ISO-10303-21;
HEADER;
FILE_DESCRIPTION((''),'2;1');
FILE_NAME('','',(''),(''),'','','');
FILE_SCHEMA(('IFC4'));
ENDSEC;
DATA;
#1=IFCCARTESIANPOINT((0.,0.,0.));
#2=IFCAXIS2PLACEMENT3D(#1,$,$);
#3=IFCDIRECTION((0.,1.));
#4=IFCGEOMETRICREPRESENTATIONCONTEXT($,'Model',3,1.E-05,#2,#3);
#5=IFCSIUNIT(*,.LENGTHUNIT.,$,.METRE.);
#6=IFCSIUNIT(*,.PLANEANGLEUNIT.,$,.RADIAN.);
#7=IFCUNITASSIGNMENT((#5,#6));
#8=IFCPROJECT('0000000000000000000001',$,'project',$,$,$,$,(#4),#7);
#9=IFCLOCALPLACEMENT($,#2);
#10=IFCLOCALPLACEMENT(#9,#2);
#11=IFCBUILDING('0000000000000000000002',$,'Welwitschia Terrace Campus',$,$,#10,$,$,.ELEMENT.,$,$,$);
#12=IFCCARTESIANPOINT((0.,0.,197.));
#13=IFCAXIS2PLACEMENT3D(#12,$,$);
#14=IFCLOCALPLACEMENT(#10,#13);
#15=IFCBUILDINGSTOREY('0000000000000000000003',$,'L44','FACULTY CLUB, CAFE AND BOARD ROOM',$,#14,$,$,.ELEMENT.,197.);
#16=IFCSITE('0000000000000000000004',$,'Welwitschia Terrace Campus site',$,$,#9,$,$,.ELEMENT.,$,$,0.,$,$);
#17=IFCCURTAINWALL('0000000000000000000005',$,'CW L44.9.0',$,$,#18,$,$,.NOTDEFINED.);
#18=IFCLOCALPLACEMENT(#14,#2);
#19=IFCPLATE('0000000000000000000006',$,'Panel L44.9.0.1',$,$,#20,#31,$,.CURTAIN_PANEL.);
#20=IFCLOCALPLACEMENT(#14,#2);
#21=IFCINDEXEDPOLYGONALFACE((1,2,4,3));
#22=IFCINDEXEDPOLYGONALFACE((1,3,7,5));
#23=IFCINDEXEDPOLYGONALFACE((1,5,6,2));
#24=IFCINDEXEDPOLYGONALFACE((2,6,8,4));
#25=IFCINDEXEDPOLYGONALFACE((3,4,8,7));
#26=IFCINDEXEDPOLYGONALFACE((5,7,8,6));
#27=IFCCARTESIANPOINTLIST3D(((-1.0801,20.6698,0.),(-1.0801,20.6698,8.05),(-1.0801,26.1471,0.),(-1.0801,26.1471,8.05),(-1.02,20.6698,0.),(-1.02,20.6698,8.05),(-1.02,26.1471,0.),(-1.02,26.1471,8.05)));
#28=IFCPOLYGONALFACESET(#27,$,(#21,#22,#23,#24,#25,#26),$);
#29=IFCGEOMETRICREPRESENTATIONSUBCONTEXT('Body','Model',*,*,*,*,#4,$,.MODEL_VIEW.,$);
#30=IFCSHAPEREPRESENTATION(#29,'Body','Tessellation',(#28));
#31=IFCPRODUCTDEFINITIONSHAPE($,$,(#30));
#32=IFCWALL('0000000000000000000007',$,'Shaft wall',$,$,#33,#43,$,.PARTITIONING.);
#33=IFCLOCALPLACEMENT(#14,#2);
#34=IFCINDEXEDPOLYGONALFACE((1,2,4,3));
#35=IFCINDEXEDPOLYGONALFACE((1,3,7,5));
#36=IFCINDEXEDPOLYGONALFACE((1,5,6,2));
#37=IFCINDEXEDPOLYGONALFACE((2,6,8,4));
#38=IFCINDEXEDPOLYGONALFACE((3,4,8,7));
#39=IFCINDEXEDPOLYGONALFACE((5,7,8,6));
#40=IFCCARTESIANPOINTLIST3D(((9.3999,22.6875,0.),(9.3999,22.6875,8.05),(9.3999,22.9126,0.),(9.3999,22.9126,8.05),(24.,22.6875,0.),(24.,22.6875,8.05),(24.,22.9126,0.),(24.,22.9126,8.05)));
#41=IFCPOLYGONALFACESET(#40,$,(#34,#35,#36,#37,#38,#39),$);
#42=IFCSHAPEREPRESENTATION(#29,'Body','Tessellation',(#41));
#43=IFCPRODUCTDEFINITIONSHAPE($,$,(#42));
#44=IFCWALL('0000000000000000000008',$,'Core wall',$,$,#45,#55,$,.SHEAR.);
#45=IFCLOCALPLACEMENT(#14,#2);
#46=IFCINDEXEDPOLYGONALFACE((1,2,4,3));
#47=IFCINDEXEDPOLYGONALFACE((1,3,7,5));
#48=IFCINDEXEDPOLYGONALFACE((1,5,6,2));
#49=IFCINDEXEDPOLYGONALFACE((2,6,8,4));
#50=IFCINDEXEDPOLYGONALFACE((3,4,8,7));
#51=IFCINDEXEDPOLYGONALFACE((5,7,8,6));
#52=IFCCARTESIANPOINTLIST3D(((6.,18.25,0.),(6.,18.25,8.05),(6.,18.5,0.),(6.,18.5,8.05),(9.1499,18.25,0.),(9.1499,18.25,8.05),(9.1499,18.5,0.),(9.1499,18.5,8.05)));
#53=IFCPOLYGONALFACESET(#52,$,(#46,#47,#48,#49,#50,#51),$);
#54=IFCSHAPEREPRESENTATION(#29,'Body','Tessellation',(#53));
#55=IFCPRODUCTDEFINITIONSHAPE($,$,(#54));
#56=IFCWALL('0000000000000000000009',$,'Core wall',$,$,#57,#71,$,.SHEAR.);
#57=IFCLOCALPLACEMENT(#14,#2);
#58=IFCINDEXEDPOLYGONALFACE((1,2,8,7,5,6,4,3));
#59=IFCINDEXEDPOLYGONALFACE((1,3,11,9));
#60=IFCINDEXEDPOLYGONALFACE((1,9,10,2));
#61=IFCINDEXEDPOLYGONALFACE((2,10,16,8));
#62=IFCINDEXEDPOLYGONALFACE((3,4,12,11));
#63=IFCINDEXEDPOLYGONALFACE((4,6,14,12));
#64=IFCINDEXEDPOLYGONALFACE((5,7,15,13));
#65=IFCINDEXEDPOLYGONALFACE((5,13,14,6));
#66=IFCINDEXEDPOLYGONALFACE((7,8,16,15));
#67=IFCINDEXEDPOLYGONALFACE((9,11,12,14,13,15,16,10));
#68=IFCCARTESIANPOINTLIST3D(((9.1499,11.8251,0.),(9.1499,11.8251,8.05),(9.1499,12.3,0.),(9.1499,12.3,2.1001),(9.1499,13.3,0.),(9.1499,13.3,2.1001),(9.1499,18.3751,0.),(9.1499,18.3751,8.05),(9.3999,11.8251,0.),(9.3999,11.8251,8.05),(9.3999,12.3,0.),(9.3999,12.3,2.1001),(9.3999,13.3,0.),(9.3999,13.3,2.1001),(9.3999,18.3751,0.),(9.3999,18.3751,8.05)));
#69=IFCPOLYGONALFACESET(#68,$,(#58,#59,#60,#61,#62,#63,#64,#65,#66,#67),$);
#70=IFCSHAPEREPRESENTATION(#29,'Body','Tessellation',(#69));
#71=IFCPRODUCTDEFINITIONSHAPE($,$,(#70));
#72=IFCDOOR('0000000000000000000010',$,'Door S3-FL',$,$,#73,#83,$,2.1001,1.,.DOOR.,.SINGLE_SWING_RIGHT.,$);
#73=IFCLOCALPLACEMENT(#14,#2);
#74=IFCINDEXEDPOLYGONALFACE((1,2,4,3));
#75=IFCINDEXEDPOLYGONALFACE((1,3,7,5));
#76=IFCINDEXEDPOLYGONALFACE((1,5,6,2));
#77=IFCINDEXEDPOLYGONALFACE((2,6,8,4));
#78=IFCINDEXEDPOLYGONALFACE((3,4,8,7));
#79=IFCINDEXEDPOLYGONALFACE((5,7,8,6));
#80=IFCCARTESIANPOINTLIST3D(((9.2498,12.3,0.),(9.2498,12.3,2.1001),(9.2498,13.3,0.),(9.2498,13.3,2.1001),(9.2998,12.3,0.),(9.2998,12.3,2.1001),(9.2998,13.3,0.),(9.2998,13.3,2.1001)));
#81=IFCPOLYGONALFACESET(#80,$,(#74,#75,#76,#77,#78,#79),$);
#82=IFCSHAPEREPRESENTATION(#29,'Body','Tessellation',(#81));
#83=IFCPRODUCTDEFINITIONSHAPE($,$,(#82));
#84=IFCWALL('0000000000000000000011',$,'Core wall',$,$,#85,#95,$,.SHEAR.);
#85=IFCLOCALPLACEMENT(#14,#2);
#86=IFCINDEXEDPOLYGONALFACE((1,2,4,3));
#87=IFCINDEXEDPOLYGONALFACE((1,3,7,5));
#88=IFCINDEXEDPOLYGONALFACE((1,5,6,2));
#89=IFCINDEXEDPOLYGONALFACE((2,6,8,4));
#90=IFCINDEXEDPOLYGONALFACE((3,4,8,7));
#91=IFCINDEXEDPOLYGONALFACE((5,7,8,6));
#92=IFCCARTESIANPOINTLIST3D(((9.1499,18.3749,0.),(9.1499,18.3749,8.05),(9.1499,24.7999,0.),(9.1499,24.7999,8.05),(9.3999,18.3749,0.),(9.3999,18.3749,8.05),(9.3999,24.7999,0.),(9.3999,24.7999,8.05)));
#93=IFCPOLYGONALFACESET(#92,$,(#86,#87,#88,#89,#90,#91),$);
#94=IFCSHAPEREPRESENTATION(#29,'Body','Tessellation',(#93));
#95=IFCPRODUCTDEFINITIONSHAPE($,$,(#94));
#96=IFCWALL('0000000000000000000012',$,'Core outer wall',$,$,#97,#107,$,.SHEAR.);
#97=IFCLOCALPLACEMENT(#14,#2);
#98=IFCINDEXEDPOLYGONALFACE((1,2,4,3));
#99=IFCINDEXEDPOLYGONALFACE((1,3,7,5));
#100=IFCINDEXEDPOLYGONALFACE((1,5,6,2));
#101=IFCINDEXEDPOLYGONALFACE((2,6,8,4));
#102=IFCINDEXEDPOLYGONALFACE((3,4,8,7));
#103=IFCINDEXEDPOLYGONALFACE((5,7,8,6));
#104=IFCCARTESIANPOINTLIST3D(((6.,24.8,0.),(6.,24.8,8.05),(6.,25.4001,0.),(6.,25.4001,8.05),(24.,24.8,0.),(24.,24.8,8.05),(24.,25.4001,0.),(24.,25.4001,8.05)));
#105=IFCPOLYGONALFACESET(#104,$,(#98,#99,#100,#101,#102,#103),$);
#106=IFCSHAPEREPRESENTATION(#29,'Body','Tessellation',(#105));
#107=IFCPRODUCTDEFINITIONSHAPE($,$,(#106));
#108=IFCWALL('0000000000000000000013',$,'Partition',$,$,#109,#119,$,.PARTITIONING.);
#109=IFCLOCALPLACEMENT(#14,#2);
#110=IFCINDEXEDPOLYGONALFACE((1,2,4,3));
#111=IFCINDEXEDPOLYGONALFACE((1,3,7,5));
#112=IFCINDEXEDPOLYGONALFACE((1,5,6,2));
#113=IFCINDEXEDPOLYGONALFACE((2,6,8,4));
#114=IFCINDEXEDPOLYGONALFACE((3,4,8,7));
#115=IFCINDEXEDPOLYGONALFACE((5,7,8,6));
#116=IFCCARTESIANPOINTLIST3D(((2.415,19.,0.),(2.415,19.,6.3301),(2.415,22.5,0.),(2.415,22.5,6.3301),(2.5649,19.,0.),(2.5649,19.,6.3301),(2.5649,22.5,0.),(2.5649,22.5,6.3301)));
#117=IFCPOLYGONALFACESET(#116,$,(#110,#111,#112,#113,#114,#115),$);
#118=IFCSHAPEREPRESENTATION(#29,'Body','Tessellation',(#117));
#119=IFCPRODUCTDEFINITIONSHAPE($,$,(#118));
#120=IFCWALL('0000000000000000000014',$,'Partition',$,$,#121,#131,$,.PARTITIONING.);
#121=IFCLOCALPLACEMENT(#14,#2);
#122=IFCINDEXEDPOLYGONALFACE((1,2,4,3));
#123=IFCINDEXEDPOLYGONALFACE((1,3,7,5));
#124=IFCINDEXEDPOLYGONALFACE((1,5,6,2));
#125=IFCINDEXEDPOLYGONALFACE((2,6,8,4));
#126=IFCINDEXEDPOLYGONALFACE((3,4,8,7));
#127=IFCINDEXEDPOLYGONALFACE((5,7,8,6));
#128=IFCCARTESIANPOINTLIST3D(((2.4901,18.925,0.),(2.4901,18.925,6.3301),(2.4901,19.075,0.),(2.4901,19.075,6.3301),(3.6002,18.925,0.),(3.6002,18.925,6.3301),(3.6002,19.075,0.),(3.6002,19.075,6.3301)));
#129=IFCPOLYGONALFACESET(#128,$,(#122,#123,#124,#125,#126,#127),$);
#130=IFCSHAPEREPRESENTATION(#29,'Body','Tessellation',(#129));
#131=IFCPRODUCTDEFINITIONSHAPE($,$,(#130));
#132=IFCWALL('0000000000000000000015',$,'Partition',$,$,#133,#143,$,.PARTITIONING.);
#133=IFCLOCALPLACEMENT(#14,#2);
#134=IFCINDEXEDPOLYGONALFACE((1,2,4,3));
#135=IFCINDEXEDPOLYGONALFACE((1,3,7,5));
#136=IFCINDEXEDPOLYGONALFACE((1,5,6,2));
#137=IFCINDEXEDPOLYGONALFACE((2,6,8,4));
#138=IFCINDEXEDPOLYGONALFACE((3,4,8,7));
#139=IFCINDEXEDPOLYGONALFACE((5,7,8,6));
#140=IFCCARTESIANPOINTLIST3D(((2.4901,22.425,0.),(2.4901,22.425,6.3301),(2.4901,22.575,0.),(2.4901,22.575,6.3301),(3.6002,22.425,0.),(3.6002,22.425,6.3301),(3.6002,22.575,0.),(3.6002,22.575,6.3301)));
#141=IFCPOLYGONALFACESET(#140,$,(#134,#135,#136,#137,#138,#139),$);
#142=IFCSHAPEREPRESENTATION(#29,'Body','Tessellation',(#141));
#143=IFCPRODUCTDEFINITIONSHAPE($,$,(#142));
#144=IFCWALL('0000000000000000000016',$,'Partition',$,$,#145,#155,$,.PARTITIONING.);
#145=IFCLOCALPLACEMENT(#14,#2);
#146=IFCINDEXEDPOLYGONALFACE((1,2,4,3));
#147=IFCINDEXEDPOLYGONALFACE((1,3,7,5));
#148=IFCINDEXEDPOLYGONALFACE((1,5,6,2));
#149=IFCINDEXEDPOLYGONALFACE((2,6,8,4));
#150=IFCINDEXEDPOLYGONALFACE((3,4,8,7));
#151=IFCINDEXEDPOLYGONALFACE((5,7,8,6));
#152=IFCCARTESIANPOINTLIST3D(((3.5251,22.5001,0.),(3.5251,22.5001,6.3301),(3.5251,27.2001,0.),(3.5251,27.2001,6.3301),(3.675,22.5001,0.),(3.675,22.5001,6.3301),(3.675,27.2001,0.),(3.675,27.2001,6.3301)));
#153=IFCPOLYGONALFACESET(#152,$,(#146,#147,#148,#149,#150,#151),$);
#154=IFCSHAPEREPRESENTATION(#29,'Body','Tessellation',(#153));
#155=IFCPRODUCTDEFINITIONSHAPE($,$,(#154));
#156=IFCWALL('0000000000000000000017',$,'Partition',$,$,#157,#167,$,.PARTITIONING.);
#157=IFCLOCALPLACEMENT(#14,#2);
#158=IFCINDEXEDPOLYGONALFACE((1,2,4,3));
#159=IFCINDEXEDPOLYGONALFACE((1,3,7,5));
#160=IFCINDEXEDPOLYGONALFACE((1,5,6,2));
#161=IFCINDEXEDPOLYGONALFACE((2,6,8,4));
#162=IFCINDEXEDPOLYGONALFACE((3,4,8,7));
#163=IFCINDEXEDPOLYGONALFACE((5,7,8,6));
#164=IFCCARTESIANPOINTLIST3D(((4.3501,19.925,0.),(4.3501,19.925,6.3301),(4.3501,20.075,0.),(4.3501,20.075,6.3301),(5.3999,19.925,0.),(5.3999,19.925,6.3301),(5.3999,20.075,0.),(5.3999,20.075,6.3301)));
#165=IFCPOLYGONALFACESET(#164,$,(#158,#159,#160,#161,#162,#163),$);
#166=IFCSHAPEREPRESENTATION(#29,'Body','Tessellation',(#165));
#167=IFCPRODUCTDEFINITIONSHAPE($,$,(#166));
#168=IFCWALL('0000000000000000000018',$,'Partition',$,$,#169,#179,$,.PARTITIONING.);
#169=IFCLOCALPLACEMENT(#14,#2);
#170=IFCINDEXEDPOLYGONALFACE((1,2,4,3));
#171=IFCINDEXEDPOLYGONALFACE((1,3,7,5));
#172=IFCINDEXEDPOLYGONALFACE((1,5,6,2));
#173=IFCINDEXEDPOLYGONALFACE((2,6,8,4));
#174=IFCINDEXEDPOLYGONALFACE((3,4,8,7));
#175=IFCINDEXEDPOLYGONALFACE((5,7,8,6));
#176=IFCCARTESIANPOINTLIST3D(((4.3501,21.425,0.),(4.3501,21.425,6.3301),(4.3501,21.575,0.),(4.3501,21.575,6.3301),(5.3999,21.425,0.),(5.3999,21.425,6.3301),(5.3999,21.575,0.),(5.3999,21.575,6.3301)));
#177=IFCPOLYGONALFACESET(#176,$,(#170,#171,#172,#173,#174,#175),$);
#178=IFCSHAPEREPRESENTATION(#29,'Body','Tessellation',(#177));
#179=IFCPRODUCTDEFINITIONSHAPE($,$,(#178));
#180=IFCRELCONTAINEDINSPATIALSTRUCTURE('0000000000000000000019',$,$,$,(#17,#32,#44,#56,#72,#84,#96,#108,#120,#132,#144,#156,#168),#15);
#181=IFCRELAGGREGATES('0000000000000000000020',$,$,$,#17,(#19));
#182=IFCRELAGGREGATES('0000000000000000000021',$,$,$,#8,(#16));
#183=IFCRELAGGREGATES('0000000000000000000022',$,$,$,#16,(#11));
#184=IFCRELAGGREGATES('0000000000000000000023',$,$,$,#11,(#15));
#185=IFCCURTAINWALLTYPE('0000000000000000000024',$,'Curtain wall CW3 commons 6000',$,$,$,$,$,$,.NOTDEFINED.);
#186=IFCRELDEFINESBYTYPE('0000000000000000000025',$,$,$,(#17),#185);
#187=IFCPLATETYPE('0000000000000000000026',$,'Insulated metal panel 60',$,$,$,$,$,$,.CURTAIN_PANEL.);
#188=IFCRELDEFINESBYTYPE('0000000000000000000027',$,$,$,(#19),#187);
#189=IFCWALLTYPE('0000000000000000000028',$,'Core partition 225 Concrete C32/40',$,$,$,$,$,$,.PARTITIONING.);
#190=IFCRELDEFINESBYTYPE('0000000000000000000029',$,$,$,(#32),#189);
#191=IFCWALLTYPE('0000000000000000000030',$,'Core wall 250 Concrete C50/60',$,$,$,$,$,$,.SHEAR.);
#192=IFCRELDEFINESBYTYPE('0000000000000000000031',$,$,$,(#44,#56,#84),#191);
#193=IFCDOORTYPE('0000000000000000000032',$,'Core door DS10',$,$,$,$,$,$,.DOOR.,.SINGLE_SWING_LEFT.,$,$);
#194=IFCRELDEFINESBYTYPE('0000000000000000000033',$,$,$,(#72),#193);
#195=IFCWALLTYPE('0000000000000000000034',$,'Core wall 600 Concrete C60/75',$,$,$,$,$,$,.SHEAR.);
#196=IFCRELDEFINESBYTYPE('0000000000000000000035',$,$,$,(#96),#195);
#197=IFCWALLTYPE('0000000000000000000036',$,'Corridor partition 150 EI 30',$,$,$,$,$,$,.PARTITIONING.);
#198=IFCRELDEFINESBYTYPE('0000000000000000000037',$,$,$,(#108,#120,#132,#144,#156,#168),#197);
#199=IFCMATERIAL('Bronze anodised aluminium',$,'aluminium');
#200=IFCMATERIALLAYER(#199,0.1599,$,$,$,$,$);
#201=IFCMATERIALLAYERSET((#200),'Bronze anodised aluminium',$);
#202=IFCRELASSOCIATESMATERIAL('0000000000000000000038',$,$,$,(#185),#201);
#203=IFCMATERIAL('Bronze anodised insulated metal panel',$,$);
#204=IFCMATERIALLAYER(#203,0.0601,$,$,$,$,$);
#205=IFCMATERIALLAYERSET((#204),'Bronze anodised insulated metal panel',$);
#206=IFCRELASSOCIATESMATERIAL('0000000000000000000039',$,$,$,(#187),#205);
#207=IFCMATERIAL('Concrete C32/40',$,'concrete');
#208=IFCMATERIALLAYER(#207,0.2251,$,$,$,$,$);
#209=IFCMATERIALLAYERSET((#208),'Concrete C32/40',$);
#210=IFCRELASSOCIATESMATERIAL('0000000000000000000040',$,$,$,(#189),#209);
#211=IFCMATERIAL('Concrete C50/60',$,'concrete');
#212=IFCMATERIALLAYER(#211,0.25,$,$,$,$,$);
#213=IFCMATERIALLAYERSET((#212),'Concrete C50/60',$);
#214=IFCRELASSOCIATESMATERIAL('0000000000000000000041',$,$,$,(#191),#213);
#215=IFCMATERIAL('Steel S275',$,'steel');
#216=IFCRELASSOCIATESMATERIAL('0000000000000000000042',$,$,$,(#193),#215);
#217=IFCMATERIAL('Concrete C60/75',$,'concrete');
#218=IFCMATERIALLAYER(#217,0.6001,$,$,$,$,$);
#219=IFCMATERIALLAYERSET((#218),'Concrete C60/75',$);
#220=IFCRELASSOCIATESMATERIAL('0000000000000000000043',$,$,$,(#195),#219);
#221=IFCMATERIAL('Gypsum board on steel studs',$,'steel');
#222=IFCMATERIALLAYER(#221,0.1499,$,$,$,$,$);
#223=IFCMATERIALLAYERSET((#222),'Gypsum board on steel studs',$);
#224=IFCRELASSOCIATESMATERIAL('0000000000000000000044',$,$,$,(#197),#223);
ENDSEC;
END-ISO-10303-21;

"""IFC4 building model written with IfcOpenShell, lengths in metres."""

from ifc_helpers import new_model, si_unit, direction, frame, frame_2d, origin, origin_2d, place, context, subcontext, project, spatial, rectangle, extrude, material, layer, layer_set, type_object, element, fill, aggregate, save


model = new_model("IFC4")

# Units and contexts
model_context = context("Model", 3, precision=1e-05, world=origin(), true_north=direction((0.0, 1.0)))
body_context = subcontext(model_context, "Body", "Model", "MODEL_VIEW")
ifc_project = project(units=[si_unit("LENGTHUNIT", "METRE"), si_unit("PLANEANGLEUNIT", "RADIAN")], contexts=[model_context])

# Site, building, storey
site_placement = place(None, origin())
site = spatial("IfcSite", under=ifc_project, at=site_placement, Name="Welwitschia Terrace Campus site", CompositionType="ELEMENT", RefElevation=0.0)
building_placement = place(site_placement, origin())
building = spatial("IfcBuilding", under=site, at=building_placement, Name="Welwitschia Terrace Campus", CompositionType="ELEMENT")
storey_placement = place(building_placement, frame((0.0, 0.0, 197.0)))
storey = spatial("IfcBuildingStorey", under=building, at=storey_placement, Name="L44", Description="FACULTY CLUB, CAFE AND BOARD ROOM", CompositionType="ELEMENT", Elevation=197.0)

# Curtain wall
ifc_material_1 = material(Name="Bronze anodised aluminium", Category="aluminium")
ifc_layer_1 = layer(ifc_material_1, 0.1599)
ifc_layer_set_1 = layer_set([ifc_layer_1], Name="Bronze anodised aluminium")
curtain_wall_type = type_object("IfcCurtainWallType", Name="Curtain wall CW3 commons 6000", PredefinedType="NOTDEFINED", material=ifc_layer_set_1)
curtain_wall_placement = place(storey_placement, origin())
curtain_wall = element("IfcCurtainWall", 1, at=curtain_wall_placement, inside=storey, type_object=curtain_wall_type, Name="CW L44.9.0", PredefinedType="NOTDEFINED")

# Plate
ifc_material_2 = material(Name="Bronze anodised insulated metal panel")
ifc_layer_2 = layer(ifc_material_2, 0.0601)
ifc_layer_set_2 = layer_set([ifc_layer_2], Name="Bronze anodised insulated metal panel")
plate_type = type_object("IfcPlateType", Name="Insulated metal panel 60", PredefinedType="CURTAIN_PANEL", material=ifc_layer_set_2)
plate_placement = place(storey_placement, frame((-1.05, 23.4084, 0.0), z_axis=(0.0, 0.0, 1.0), x_axis=(0.0, -1.0, 0.0)))
plate = element("IfcPlate", 2, at=plate_placement, type_object=plate_type, Name="Panel L44.9.0.1", PredefinedType="CURTAIN_PANEL", context=body_context, shape_type="SweptSolid", body=[
    extrude(rectangle(XDim=5.4773, YDim=0.0601, at=origin_2d()), origin(), (0.0, 0.0, 1.0), 8.05),
])
aggregate(curtain_wall, [plate])

# Walls
ifc_material_3 = material(Name="Concrete C32/40", Category="concrete")
ifc_layer_3 = layer(ifc_material_3, 0.2251)
ifc_layer_set_3 = layer_set([ifc_layer_3], Name="Concrete C32/40")
wall_type_1 = type_object("IfcWallType", Name="Core partition 225 Concrete C32/40", PredefinedType="PARTITIONING", material=ifc_layer_set_3)
wall_1_placement = place(storey_placement, frame((9.3999, 22.8, 0.0), z_axis=(0.0, 0.0, 1.0), x_axis=(1.0, 0.0, 0.0)))
element("IfcWall", 3, at=wall_1_placement, inside=storey, type_object=wall_type_1, Name="Shaft wall", PredefinedType="PARTITIONING", context=body_context, shape_type="SweptSolid", body=[
    extrude(rectangle(XDim=14.6001, YDim=0.2251, at=frame_2d((7.3, 0.0))), origin(), (0.0, 0.0, 1.0), 8.05),
])
ifc_material_4 = material(Name="Concrete C50/60", Category="concrete")
ifc_layer_4 = layer(ifc_material_4, 0.25)
ifc_layer_set_4 = layer_set([ifc_layer_4], Name="Concrete C50/60")
wall_type_2 = type_object("IfcWallType", Name="Core wall 250 Concrete C50/60", PredefinedType="SHEAR", material=ifc_layer_set_4)
wall_2_placement = place(storey_placement, frame((6.0, 18.375, 0.0), z_axis=(0.0, 0.0, 1.0), x_axis=(1.0, 0.0, 0.0)))
element("IfcWall", 4, at=wall_2_placement, inside=storey, type_object=wall_type_2, Name="Core wall", PredefinedType="SHEAR", context=body_context, shape_type="SweptSolid", body=[
    extrude(rectangle(XDim=3.1499, YDim=0.25, at=frame_2d((1.575, 0.0))), origin(), (0.0, 0.0, 1.0), 8.05),
])

# Wall, opening, door
wall_3_placement = place(storey_placement, frame((9.2749, 18.375, 0.0), z_axis=(0.0, 0.0, 1.0), x_axis=(0.0, -1.0, 0.0)))
wall_3 = element("IfcWall", 5, at=wall_3_placement, inside=storey, type_object=wall_type_2, Name="Core wall", PredefinedType="SHEAR", context=body_context, shape_type="SweptSolid", body=[
    extrude(rectangle(XDim=6.55, YDim=0.25, at=frame_2d((3.2749, 0.0))), origin(), (0.0, 0.0, 1.0), 8.05),
])
opening_placement = place(wall_3_placement, frame((5.075, 0.0, 0.0)))
opening = element("IfcOpeningElement", 6, at=opening_placement, cuts=wall_3, PredefinedType="OPENING", context=body_context, shape_type="SweptSolid", body=[
    extrude(rectangle(XDim=1.0, YDim=2.1001, at=frame_2d((0.5, 1.05))), frame((0.0, 0.135, 0.0), z_axis=(0.0, -1.0, 0.0), x_axis=(1.0, 0.0, 0.0)), (0.0, 0.0, 1.0), 0.27),
])
ifc_material_5 = material(Name="Steel S275", Category="steel")
door_type = type_object("IfcDoorType", Name="Core door DS10", OperationType="SINGLE_SWING_LEFT", PredefinedType="DOOR", material=ifc_material_5)
door_placement = place(opening_placement, origin())
door = element("IfcDoor", 7, at=door_placement, inside=storey, type_object=door_type, Name="Door S3-FL", OperationType="SINGLE_SWING_RIGHT", OverallHeight=2.1001, OverallWidth=1.0, PredefinedType="DOOR", context=body_context, shape_type="SweptSolid", body=[
    extrude(rectangle(XDim=1.0, YDim=2.1001, at=frame_2d((0.5, 1.05))), frame((0.0, 0.0249, 0.0), z_axis=(0.0, -1.0, 0.0), x_axis=(1.0, 0.0, 0.0)), (0.0, 0.0, 1.0), 0.05),
])
fill(opening, door)

# Walls
wall_4_placement = place(storey_placement, frame((9.2749, 18.375, 0.0), z_axis=(0.0, 0.0, 1.0), x_axis=(0.0, 1.0, 0.0)))
element("IfcWall", 8, at=wall_4_placement, inside=storey, type_object=wall_type_2, Name="Core wall", PredefinedType="SHEAR", context=body_context, shape_type="SweptSolid", body=[
    extrude(rectangle(XDim=6.425, YDim=0.25, at=frame_2d((3.2124, 0.0))), origin(), (0.0, 0.0, 1.0), 8.05),
])
ifc_material_6 = material(Name="Concrete C60/75", Category="concrete")
ifc_layer_5 = layer(ifc_material_6, 0.6001)
ifc_layer_set_5 = layer_set([ifc_layer_5], Name="Concrete C60/75")
wall_type_3 = type_object("IfcWallType", Name="Core wall 600 Concrete C60/75", PredefinedType="SHEAR", material=ifc_layer_set_5)
wall_5_placement = place(storey_placement, frame((6.0, 25.1001, 0.0), z_axis=(0.0, 0.0, 1.0), x_axis=(1.0, 0.0, 0.0)))
element("IfcWall", 9, at=wall_5_placement, inside=storey, type_object=wall_type_3, Name="Core outer wall", PredefinedType="SHEAR", context=body_context, shape_type="SweptSolid", body=[
    extrude(rectangle(XDim=18.0, YDim=0.6001, at=frame_2d((9.0, 0.0))), origin(), (0.0, 0.0, 1.0), 8.05),
])
ifc_material_7 = material(Name="Gypsum board on steel studs", Category="steel")
ifc_layer_6 = layer(ifc_material_7, 0.1499)
ifc_layer_set_6 = layer_set([ifc_layer_6], Name="Gypsum board on steel studs")
wall_type_4 = type_object("IfcWallType", Name="Corridor partition 150 EI 30", PredefinedType="PARTITIONING", material=ifc_layer_set_6)
wall_6_placement = place(storey_placement, frame((2.49, 19.0, 0.0), z_axis=(0.0, 0.0, 1.0), x_axis=(0.0, 1.0, 0.0)))
element("IfcWall", 10, at=wall_6_placement, inside=storey, type_object=wall_type_4, Name="Partition", PredefinedType="PARTITIONING", context=body_context, shape_type="SweptSolid", body=[
    extrude(rectangle(XDim=3.5, YDim=0.1499, at=frame_2d((1.75, 0.0))), origin(), (0.0, 0.0, 1.0), 6.3301),
])
for number, where, z_axis, x_axis, name in (
    (11, (2.49, 19.0, 0.0), (0.0, 0.0, 1.0), (1.0, 0.0, 0.0), "Partition"),
    (12, (2.49, 22.5, 0.0), (0.0, 0.0, 1.0), (1.0, 0.0, 0.0), "Partition"),
):
    element("IfcWall", number, at=place(storey_placement, frame(where, z_axis=z_axis, x_axis=x_axis)), inside=storey, type_object=wall_type_4, Name=name, PredefinedType="PARTITIONING", context=body_context, shape_type="SweptSolid", body=[
        extrude(rectangle(XDim=1.1101, YDim=0.1499, at=frame_2d((0.5552, 0.0))), origin(), (0.0, 0.0, 1.0), 6.3301),
    ])
wall_7_placement = place(storey_placement, frame((3.6001, 22.5, 0.0), z_axis=(0.0, 0.0, 1.0), x_axis=(0.0, 1.0, 0.0)))
element("IfcWall", 13, at=wall_7_placement, inside=storey, type_object=wall_type_4, Name="Partition", PredefinedType="PARTITIONING", context=body_context, shape_type="SweptSolid", body=[
    extrude(rectangle(XDim=4.7, YDim=0.1499, at=frame_2d((2.3501, 0.0))), origin(), (0.0, 0.0, 1.0), 6.3301),
])
for number, where, z_axis, x_axis, name in (
    (14, (4.3501, 20.0, 0.0), (0.0, 0.0, 1.0), (1.0, 0.0, 0.0), "Partition"),
    (15, (4.3501, 21.5, 0.0), (0.0, 0.0, 1.0), (1.0, 0.0, 0.0), "Partition"),
):
    element("IfcWall", number, at=place(storey_placement, frame(where, z_axis=z_axis, x_axis=x_axis)), inside=storey, type_object=wall_type_4, Name=name, PredefinedType="PARTITIONING", context=body_context, shape_type="SweptSolid", body=[
        extrude(rectangle(XDim=1.0498, YDim=0.1499, at=frame_2d((0.5249, 0.0))), origin(), (0.0, 0.0, 1.0), 6.3301),
    ])

save(model, "model.ifc")
